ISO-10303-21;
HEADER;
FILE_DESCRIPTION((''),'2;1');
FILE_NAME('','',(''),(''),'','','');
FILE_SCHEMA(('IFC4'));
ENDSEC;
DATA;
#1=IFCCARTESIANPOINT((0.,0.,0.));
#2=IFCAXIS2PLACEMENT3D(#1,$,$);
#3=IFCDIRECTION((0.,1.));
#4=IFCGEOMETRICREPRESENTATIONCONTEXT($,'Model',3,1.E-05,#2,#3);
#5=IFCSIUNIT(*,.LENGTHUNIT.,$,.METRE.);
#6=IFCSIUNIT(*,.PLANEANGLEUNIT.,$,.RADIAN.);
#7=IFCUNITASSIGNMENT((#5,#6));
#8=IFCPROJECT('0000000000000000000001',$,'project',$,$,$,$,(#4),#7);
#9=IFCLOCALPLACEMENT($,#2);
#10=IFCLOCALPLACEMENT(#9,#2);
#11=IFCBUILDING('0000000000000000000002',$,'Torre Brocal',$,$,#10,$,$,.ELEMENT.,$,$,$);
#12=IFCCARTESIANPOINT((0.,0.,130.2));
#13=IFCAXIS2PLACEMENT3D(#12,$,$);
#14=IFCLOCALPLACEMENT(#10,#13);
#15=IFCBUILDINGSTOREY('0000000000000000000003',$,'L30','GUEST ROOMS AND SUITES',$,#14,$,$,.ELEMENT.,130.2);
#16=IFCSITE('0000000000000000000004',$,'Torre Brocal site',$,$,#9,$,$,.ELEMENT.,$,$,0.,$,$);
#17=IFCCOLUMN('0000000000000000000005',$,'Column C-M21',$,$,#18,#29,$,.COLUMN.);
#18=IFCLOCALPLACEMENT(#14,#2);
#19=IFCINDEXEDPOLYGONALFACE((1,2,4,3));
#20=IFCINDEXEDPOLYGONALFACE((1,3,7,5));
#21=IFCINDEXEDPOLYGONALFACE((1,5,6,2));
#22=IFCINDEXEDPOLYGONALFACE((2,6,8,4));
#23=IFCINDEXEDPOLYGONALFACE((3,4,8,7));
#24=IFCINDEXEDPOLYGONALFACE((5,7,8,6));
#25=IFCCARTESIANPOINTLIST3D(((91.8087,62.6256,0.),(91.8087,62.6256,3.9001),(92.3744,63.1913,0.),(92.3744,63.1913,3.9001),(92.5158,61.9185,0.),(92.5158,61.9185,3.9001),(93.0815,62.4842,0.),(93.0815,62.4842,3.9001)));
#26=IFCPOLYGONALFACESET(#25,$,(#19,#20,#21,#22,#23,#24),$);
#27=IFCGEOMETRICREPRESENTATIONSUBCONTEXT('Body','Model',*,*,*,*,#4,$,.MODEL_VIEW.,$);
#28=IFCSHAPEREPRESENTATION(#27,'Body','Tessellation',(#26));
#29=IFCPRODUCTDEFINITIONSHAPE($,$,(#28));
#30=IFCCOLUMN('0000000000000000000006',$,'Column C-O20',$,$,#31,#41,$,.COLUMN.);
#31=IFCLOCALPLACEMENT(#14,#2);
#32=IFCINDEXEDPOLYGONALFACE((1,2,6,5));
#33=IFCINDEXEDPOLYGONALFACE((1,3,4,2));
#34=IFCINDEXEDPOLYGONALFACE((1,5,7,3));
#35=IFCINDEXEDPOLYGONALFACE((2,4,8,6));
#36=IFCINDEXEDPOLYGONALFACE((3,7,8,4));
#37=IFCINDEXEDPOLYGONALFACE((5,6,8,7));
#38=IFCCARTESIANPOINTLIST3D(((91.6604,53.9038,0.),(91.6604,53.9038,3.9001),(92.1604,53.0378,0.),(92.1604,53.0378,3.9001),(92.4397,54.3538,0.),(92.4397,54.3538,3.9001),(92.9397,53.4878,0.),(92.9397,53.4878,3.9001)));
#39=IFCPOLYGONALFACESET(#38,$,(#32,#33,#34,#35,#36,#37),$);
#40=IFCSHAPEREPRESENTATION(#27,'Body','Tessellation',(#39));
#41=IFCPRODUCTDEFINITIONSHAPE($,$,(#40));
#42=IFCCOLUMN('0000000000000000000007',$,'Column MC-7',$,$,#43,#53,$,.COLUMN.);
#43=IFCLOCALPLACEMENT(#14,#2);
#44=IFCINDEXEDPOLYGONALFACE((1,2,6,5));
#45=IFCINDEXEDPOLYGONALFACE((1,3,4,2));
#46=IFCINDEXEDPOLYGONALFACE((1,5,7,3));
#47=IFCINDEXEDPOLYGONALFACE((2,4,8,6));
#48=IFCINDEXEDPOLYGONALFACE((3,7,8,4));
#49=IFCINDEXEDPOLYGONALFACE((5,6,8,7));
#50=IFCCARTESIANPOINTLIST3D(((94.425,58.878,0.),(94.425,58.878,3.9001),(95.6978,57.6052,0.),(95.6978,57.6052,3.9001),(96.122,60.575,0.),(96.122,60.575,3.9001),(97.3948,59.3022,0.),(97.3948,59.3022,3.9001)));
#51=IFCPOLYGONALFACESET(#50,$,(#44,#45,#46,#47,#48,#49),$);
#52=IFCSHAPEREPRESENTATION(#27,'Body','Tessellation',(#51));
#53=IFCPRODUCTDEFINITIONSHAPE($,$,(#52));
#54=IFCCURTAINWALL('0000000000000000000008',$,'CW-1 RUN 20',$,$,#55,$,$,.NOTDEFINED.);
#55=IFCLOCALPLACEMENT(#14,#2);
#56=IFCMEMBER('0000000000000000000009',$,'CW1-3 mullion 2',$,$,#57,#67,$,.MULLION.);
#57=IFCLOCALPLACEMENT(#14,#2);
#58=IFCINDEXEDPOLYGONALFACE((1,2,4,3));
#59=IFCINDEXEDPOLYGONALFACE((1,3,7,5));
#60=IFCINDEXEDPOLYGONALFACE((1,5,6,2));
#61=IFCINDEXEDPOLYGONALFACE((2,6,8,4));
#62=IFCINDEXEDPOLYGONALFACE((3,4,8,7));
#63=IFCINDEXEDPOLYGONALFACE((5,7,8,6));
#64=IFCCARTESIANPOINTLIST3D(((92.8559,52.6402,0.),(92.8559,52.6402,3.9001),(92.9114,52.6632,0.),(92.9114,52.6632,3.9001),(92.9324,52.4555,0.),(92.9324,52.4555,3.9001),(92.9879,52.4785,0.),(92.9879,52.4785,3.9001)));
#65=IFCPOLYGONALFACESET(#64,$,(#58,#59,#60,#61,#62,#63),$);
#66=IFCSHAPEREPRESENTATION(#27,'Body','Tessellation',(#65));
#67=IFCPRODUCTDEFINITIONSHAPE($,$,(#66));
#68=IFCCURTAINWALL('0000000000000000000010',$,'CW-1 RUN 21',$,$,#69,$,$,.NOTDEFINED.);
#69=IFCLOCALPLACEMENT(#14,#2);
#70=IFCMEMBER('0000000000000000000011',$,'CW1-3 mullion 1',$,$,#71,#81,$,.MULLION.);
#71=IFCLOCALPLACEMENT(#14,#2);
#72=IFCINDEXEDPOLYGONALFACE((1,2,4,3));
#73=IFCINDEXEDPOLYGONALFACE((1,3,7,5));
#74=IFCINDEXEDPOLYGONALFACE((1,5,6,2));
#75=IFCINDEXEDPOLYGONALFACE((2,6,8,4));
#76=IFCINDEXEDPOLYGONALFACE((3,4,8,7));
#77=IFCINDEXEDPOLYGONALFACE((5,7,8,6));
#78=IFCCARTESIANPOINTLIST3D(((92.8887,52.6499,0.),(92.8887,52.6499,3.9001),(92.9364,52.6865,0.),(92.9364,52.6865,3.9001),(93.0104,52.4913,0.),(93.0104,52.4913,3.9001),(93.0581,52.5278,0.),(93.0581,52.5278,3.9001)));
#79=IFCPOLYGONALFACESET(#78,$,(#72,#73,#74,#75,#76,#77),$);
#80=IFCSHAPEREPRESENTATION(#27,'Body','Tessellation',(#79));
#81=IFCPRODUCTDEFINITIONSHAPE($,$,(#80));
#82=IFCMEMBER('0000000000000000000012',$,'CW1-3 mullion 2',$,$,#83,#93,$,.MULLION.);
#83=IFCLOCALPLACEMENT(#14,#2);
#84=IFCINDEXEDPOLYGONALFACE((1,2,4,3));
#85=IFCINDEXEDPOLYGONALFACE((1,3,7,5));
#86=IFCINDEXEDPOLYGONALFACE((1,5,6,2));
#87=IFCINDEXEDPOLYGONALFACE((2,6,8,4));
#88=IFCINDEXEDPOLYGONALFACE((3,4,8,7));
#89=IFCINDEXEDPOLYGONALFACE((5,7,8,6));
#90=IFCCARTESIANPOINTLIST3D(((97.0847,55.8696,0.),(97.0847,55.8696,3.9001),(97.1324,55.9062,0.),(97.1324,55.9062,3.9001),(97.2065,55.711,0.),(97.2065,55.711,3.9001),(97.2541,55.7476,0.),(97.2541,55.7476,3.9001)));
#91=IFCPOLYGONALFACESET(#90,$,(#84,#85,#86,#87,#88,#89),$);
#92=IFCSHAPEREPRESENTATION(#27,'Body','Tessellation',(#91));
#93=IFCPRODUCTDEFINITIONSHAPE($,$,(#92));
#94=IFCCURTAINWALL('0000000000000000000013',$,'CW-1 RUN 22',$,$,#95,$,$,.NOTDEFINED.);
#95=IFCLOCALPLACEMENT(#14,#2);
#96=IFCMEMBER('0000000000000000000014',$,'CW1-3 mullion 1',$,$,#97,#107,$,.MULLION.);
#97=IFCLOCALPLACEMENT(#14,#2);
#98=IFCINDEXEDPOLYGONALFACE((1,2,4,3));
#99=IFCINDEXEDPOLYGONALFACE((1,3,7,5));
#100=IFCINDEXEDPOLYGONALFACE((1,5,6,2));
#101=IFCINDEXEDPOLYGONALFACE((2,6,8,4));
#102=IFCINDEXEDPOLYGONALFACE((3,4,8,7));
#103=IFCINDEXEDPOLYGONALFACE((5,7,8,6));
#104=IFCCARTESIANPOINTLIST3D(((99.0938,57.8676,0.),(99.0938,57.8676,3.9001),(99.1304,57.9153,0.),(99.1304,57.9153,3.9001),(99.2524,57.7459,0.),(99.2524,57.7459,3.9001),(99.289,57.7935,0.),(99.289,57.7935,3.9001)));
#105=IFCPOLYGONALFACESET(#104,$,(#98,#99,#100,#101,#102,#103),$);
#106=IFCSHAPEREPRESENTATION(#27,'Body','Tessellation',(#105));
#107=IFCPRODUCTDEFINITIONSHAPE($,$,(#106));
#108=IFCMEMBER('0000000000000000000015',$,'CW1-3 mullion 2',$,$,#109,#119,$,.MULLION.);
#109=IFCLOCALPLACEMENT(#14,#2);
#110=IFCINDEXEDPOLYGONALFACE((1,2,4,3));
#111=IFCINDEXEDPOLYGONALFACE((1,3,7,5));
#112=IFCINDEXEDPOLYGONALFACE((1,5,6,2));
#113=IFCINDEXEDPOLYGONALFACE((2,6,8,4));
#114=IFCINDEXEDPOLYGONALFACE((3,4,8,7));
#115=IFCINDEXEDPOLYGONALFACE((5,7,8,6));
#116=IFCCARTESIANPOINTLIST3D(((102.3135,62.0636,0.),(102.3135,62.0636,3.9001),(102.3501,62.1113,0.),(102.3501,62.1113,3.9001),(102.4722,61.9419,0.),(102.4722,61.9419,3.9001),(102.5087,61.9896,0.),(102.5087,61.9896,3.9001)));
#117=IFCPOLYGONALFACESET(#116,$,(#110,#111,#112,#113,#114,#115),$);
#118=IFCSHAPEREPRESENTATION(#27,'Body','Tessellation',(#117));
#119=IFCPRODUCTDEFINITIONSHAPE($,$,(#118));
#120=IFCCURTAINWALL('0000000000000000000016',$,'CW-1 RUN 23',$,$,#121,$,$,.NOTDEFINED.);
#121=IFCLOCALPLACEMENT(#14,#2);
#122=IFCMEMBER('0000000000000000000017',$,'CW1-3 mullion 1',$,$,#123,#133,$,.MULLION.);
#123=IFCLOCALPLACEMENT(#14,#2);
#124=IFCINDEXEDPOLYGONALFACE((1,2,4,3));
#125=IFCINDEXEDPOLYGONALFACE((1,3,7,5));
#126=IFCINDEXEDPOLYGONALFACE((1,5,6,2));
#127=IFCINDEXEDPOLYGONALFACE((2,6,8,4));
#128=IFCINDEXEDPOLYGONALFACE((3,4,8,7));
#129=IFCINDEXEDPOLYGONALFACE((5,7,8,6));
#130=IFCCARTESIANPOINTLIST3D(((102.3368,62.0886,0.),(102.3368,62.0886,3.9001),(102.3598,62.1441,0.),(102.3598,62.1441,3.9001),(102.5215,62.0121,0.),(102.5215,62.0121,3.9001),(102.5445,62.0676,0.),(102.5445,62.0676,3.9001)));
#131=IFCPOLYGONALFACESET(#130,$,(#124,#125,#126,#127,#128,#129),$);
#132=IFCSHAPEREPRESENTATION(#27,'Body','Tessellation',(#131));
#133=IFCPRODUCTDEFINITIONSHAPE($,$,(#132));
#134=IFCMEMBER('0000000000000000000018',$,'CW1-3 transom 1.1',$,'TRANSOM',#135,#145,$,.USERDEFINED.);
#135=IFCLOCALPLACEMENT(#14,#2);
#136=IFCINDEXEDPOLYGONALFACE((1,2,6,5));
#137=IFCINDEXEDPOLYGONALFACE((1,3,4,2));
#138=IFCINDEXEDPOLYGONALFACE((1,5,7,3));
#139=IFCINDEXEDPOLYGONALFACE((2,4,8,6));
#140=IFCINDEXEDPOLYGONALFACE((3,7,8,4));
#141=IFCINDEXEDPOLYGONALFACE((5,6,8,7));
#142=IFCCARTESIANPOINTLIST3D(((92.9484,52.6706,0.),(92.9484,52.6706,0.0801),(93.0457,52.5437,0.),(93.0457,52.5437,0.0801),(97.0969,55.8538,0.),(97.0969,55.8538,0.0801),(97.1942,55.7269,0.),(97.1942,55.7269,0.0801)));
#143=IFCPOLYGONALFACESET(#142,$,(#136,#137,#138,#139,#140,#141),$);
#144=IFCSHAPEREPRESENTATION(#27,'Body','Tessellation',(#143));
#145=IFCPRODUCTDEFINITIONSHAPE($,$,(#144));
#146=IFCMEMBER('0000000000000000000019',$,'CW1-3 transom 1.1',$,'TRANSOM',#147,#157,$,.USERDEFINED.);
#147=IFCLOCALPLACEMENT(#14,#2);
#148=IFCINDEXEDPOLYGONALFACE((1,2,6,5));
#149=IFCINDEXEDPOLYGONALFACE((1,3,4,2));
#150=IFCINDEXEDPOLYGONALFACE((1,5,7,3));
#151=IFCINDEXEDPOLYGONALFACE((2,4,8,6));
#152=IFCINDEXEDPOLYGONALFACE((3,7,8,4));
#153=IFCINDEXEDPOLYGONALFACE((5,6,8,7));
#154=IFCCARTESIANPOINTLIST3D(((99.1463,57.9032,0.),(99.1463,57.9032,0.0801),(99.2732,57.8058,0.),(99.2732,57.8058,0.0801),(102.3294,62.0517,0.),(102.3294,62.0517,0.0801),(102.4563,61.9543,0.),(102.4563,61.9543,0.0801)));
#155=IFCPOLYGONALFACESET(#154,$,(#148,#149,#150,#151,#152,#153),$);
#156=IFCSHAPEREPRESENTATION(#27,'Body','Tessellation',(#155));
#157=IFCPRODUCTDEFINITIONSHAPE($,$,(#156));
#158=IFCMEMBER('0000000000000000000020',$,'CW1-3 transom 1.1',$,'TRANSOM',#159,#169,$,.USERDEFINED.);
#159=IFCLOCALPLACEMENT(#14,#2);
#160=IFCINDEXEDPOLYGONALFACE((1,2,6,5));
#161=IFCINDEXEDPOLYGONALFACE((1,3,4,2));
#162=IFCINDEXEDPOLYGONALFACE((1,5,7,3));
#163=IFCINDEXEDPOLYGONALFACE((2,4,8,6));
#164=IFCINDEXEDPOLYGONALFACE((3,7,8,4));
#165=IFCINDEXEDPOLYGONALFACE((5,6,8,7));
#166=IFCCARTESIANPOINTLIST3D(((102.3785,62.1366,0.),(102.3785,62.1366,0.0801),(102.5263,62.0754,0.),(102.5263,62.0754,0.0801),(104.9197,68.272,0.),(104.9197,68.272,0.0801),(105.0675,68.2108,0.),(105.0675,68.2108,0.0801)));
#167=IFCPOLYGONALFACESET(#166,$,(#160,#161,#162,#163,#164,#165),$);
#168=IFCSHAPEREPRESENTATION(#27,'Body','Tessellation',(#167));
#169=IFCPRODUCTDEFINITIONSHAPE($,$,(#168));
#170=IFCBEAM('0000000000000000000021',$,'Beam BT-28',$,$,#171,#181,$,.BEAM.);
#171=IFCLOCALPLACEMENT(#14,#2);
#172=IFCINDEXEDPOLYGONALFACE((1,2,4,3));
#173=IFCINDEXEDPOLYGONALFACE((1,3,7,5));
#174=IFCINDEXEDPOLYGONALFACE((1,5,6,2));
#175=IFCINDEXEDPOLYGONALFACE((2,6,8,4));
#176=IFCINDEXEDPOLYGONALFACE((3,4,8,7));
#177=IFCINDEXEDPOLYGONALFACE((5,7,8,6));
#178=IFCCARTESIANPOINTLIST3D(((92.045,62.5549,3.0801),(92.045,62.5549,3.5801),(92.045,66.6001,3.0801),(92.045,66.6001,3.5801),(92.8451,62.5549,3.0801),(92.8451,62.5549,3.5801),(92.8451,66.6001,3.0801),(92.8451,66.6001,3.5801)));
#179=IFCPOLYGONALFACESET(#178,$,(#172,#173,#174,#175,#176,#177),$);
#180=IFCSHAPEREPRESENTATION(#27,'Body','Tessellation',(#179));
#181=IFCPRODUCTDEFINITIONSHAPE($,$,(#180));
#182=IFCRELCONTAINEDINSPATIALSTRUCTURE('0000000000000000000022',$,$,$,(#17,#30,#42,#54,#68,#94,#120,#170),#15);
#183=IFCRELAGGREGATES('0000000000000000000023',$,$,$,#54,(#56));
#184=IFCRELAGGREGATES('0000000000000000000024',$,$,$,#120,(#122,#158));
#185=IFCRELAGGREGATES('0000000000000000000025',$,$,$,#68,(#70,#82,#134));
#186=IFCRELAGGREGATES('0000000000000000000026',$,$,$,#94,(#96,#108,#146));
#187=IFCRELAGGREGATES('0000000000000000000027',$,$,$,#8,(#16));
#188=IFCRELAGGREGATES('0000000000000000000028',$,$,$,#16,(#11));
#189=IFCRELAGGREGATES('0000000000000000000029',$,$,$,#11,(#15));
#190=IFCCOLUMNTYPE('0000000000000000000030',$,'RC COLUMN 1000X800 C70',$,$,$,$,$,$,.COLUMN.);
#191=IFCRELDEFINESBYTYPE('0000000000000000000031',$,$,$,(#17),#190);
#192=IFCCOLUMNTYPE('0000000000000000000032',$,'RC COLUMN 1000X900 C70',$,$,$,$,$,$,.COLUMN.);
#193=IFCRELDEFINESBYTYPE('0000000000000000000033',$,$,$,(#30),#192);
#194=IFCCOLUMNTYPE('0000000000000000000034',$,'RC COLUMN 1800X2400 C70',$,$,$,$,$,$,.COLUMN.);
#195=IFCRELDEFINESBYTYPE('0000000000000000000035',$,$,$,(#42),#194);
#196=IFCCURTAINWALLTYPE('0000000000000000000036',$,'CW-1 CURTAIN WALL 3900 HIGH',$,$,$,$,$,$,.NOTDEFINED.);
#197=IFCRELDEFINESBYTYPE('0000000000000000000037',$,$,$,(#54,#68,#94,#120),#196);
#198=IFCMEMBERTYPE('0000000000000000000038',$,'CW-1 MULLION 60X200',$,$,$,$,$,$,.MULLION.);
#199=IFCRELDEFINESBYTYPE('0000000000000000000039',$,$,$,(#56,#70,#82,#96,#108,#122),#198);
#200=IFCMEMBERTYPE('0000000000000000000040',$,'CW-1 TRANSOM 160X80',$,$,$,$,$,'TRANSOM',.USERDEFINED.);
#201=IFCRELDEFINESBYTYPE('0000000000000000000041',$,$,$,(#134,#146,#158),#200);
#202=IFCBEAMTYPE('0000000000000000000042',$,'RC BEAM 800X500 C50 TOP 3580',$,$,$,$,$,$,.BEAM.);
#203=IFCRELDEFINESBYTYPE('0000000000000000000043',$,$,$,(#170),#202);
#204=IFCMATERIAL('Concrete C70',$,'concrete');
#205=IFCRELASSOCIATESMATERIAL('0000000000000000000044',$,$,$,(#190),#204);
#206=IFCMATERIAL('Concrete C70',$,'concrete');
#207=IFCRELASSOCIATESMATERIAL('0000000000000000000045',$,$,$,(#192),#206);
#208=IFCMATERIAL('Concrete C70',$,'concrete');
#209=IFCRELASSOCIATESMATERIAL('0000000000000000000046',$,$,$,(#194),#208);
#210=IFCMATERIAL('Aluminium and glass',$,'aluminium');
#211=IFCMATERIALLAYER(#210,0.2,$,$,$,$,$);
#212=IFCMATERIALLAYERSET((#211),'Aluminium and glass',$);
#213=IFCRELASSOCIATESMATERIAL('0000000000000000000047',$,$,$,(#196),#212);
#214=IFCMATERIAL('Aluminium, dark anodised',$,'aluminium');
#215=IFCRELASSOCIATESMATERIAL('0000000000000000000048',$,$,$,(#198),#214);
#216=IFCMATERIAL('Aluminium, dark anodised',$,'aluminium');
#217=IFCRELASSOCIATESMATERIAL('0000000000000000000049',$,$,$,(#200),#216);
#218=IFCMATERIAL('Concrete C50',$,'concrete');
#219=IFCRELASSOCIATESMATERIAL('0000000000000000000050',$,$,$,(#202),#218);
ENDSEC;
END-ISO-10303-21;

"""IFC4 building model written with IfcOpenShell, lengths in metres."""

from ifc_helpers import new_model, si_unit, direction, frame, origin, origin_2d, place, context, subcontext, project, spatial, rectangle, extrude, material, layer, layer_set, material_profile, profile_set, type_object, element, aggregate, save


model = new_model("IFC4")

# Units and contexts
model_context = context("Model", 3, precision=1e-05, world=origin(), true_north=direction((0.0, 1.0)))
body_context = subcontext(model_context, "Body", "Model", "MODEL_VIEW")
ifc_project = project(units=[si_unit("LENGTHUNIT", "METRE"), si_unit("PLANEANGLEUNIT", "RADIAN")], contexts=[model_context])

# Site, building, storey
site_placement = place(None, origin())
site = spatial("IfcSite", under=ifc_project, at=site_placement, Name="Torre Brocal site", CompositionType="ELEMENT", RefElevation=0.0)
building_placement = place(site_placement, origin())
building = spatial("IfcBuilding", under=site, at=building_placement, Name="Torre Brocal", CompositionType="ELEMENT")
storey_placement = place(building_placement, frame((0.0, 0.0, 130.2)))
storey = spatial("IfcBuildingStorey", under=building, at=storey_placement, Name="L30", Description="GUEST ROOMS AND SUITES", CompositionType="ELEMENT", Elevation=130.2)

# Columns
ifc_material_1 = material(Name="Concrete C70", Category="concrete")
ifc_material_profile_1 = material_profile(ifc_material_1, rectangle(XDim=1.0, YDim=0.8, at=origin_2d()), Name="RC 1000X800")
ifc_profile_set_1 = profile_set([ifc_material_profile_1], Name="Concrete C70")
column_type_1 = type_object("IfcColumnType", Name="RC COLUMN 1000X800 C70", PredefinedType="COLUMN", material=ifc_profile_set_1)
column_1_placement = place(storey_placement, frame((92.4451, 62.5549, 0.0), z_axis=(0.0, 0.0, 1.0), x_axis=(0.707107, -0.707107, 0.0)))
element("IfcColumn", 1, at=column_1_placement, inside=storey, type_object=column_type_1, Name="Column C-M21", PredefinedType="COLUMN", context=body_context, shape_type="SweptSolid", body=[
    extrude(rectangle(XDim=1.0, YDim=0.8, at=origin_2d()), origin(), (0.0, 0.0, 1.0), 3.9001),
])
ifc_material_2 = material(Name="Concrete C70", Category="concrete")
ifc_material_profile_2 = material_profile(ifc_material_2, rectangle(XDim=1.0, YDim=0.8999, at=origin_2d()), Name="RC 1000X900")
ifc_profile_set_2 = profile_set([ifc_material_profile_2], Name="Concrete C70")
column_type_2 = type_object("IfcColumnType", Name="RC COLUMN 1000X900 C70", PredefinedType="COLUMN", material=ifc_profile_set_2)
column_2_placement = place(storey_placement, frame((92.3, 53.6958, 0.0), z_axis=(0.0, 0.0, 1.0), x_axis=(0.5, -0.866025, 0.0)))
element("IfcColumn", 2, at=column_2_placement, inside=storey, type_object=column_type_2, Name="Column C-O20", PredefinedType="COLUMN", context=body_context, shape_type="SweptSolid", body=[
    extrude(rectangle(XDim=1.0, YDim=0.8999, at=origin_2d()), origin(), (0.0, 0.0, 1.0), 3.9001),
])
ifc_material_3 = material(Name="Concrete C70", Category="concrete")
ifc_material_profile_3 = material_profile(ifc_material_3, rectangle(XDim=1.8, YDim=2.3999, at=origin_2d()), Name="RC 1800X2400")
ifc_profile_set_3 = profile_set([ifc_material_profile_3], Name="Concrete C70")
column_type_3 = type_object("IfcColumnType", Name="RC COLUMN 1800X2400 C70", PredefinedType="COLUMN", material=ifc_profile_set_3)
column_3_placement = place(storey_placement, frame((95.9099, 59.0901, 0.0), z_axis=(0.0, 0.0, 1.0), x_axis=(0.707107, -0.707107, 0.0)))
element("IfcColumn", 3, at=column_3_placement, inside=storey, type_object=column_type_3, Name="Column MC-7", PredefinedType="COLUMN", context=body_context, shape_type="SweptSolid", body=[
    extrude(rectangle(XDim=1.8, YDim=2.3999, at=origin_2d()), origin(), (0.0, 0.0, 1.0), 3.9001),
])

# Curtain wall, member
ifc_material_4 = material(Name="Aluminium and glass", Category="aluminium")
ifc_layer_1 = layer(ifc_material_4, 0.2)
ifc_layer_set_1 = layer_set([ifc_layer_1], Name="Aluminium and glass")
curtain_wall_type = type_object("IfcCurtainWallType", Name="CW-1 CURTAIN WALL 3900 HIGH", PredefinedType="NOTDEFINED", material=ifc_layer_set_1)
curtain_wall_1_placement = place(storey_placement, origin())
curtain_wall_1 = element("IfcCurtainWall", 4, at=curtain_wall_1_placement, inside=storey, type_object=curtain_wall_type, Name="CW-1 RUN 20", PredefinedType="NOTDEFINED")
ifc_material_5 = material(Name="Aluminium, dark anodised", Category="aluminium")
ifc_material_profile_4 = material_profile(ifc_material_5, rectangle(XDim=0.2, YDim=0.0601, at=origin_2d()), Name="CW-1 MULLION 60X200")
ifc_profile_set_4 = profile_set([ifc_material_profile_4], Name="Aluminium, dark anodised")
member_type_1 = type_object("IfcMemberType", Name="CW-1 MULLION 60X200", PredefinedType="MULLION", material=ifc_profile_set_4)
member_1_placement = place(storey_placement, frame((92.9219, 52.5593, 0.0), z_axis=(0.0, 0.0, 1.0), x_axis=(-0.382683, 0.92388, 0.0)))
member_1 = element("IfcMember", 5, at=member_1_placement, type_object=member_type_1, Name="CW1-3 mullion 2", PredefinedType="MULLION", context=body_context, shape_type="SweptSolid", body=[
    extrude(rectangle(XDim=0.2, YDim=0.0601, at=origin_2d()), origin(), (0.0, 0.0, 1.0), 3.9001),
])
aggregate(curtain_wall_1, [member_1])

# Curtain walls, members
curtain_wall_2_placement = place(storey_placement, origin())
curtain_wall_2 = element("IfcCurtainWall", 6, at=curtain_wall_2_placement, inside=storey, type_object=curtain_wall_type, Name="CW-1 RUN 21", PredefinedType="NOTDEFINED")
member_2_placement = place(storey_placement, frame((92.9734, 52.5889, 0.0), z_axis=(0.0, 0.0, 1.0), x_axis=(-0.608761, 0.793353, 0.0)))
member_2 = element("IfcMember", 7, at=member_2_placement, type_object=member_type_1, Name="CW1-3 mullion 1", PredefinedType="MULLION", context=body_context, shape_type="SweptSolid", body=[
    extrude(rectangle(XDim=0.2, YDim=0.0601, at=origin_2d()), origin(), (0.0, 0.0, 1.0), 3.9001),
])
member_3_placement = place(storey_placement, frame((97.1694, 55.8086, 0.0), z_axis=(0.0, 0.0, 1.0), x_axis=(-0.608761, 0.793353, 0.0)))
member_3 = element("IfcMember", 8, at=member_3_placement, type_object=member_type_1, Name="CW1-3 mullion 2", PredefinedType="MULLION", context=body_context, shape_type="SweptSolid", body=[
    extrude(rectangle(XDim=0.2, YDim=0.0601, at=origin_2d()), origin(), (0.0, 0.0, 1.0), 3.9001),
])
curtain_wall_3_placement = place(storey_placement, origin())
curtain_wall_3 = element("IfcCurtainWall", 9, at=curtain_wall_3_placement, inside=storey, type_object=curtain_wall_type, Name="CW-1 RUN 22", PredefinedType="NOTDEFINED")
member_4_placement = place(storey_placement, frame((99.1914, 57.8306, 0.0), z_axis=(0.0, 0.0, 1.0), x_axis=(-0.793353, 0.608761, 0.0)))
member_4 = element("IfcMember", 10, at=member_4_placement, type_object=member_type_1, Name="CW1-3 mullion 1", PredefinedType="MULLION", context=body_context, shape_type="SweptSolid", body=[
    extrude(rectangle(XDim=0.2, YDim=0.0601, at=origin_2d()), origin(), (0.0, 0.0, 1.0), 3.9001),
])
member_5_placement = place(storey_placement, frame((102.4111, 62.0266, 0.0), z_axis=(0.0, 0.0, 1.0), x_axis=(-0.793353, 0.608761, 0.0)))
member_5 = element("IfcMember", 11, at=member_5_placement, type_object=member_type_1, Name="CW1-3 mullion 2", PredefinedType="MULLION", context=body_context, shape_type="SweptSolid", body=[
    extrude(rectangle(XDim=0.2, YDim=0.0601, at=origin_2d()), origin(), (0.0, 0.0, 1.0), 3.9001),
])

# Curtain wall, member
curtain_wall_4_placement = place(storey_placement, origin())
curtain_wall_4 = element("IfcCurtainWall", 12, at=curtain_wall_4_placement, inside=storey, type_object=curtain_wall_type, Name="CW-1 RUN 23", PredefinedType="NOTDEFINED")
member_6_placement = place(storey_placement, frame((102.4407, 62.0781, 0.0), z_axis=(0.0, 0.0, 1.0), x_axis=(-0.92388, 0.382683, 0.0)))
member_6 = element("IfcMember", 13, at=member_6_placement, type_object=member_type_1, Name="CW1-3 mullion 1", PredefinedType="MULLION", context=body_context, shape_type="SweptSolid", body=[
    extrude(rectangle(XDim=0.2, YDim=0.0601, at=origin_2d()), origin(), (0.0, 0.0, 1.0), 3.9001),
])

# Members
ifc_material_6 = material(Name="Aluminium, dark anodised", Category="aluminium")
ifc_material_profile_5 = material_profile(ifc_material_6, rectangle(XDim=0.1599, YDim=0.0801, at=origin_2d()), Name="CW-1 TRANSOM 160X80")
ifc_profile_set_5 = profile_set([ifc_material_profile_5], Name="Aluminium, dark anodised")
member_type_2 = type_object("IfcMemberType", Name="CW-1 TRANSOM 160X80", ElementType="TRANSOM", PredefinedType="USERDEFINED", material=ifc_profile_set_5)
member_7_placement = place(storey_placement, frame((92.9971, 52.6072, 0.04), z_axis=(0.793363, 0.608749, 0.0), x_axis=(-0.608749, 0.793363, 0.0)))
member_7 = element("IfcMember", 14, at=member_7_placement, type_object=member_type_2, Name="CW1-3 transom 1.1", ObjectType="TRANSOM", PredefinedType="USERDEFINED", context=body_context, shape_type="SweptSolid", body=[
    extrude(rectangle(XDim=0.1599, YDim=0.0801, at=origin_2d()), origin(), (0.0, 0.0, 1.0), 5.229),
])
member_8_placement = place(storey_placement, frame((99.2097, 57.8545, 0.04), z_axis=(0.608749, 0.793363, 0.0), x_axis=(-0.793363, 0.608749, 0.0)))
member_8 = element("IfcMember", 15, at=member_8_placement, type_object=member_type_2, Name="CW1-3 transom 1.1", ObjectType="TRANSOM", PredefinedType="USERDEFINED", context=body_context, shape_type="SweptSolid", body=[
    extrude(rectangle(XDim=0.1599, YDim=0.0801, at=origin_2d()), origin(), (0.0, 0.0, 1.0), 5.229),
])
member_9_placement = place(storey_placement, frame((102.4524, 62.106, 0.04), z_axis=(0.382665, 0.923887, 0.0), x_axis=(-0.923887, 0.382665, 0.0)))
member_9 = element("IfcMember", 16, at=member_9_placement, type_object=member_type_2, Name="CW1-3 transom 1.1", ObjectType="TRANSOM", PredefinedType="USERDEFINED", context=body_context, shape_type="SweptSolid", body=[
    extrude(rectangle(XDim=0.1599, YDim=0.0801, at=origin_2d()), origin(), (0.0, 0.0, 1.0), 6.6409),
])
aggregate(curtain_wall_4, [member_6, member_9])

# Beam
ifc_material_7 = material(Name="Concrete C50", Category="concrete")
ifc_material_profile_6 = material_profile(ifc_material_7, rectangle(XDim=0.8, YDim=0.5, at=origin_2d()), Name="RC 800X500")
ifc_profile_set_6 = profile_set([ifc_material_profile_6], Name="Concrete C50")
beam_type_1 = type_object("IfcBeamType", Name="RC BEAM 800X500 C50 TOP 3580", PredefinedType="BEAM", material=ifc_profile_set_6)
beam_placement = place(storey_placement, frame((92.4451, 62.5549, 3.3301), z_axis=(0.0, 1.0, 0.0), x_axis=(-1.0, 0.0, 0.0)))
element("IfcBeam", 17, at=beam_placement, inside=storey, type_object=beam_type_1, Name="Beam BT-28", PredefinedType="BEAM", context=body_context, shape_type="SweptSolid", body=[
    extrude(rectangle(XDim=0.8, YDim=0.5, at=origin_2d()), origin(), (0.0, 0.0, 1.0), 4.0452),
])

aggregate(curtain_wall_2, [member_2, member_3, member_7])
aggregate(curtain_wall_3, [member_4, member_5, member_8])

save(model, "model.ifc")
